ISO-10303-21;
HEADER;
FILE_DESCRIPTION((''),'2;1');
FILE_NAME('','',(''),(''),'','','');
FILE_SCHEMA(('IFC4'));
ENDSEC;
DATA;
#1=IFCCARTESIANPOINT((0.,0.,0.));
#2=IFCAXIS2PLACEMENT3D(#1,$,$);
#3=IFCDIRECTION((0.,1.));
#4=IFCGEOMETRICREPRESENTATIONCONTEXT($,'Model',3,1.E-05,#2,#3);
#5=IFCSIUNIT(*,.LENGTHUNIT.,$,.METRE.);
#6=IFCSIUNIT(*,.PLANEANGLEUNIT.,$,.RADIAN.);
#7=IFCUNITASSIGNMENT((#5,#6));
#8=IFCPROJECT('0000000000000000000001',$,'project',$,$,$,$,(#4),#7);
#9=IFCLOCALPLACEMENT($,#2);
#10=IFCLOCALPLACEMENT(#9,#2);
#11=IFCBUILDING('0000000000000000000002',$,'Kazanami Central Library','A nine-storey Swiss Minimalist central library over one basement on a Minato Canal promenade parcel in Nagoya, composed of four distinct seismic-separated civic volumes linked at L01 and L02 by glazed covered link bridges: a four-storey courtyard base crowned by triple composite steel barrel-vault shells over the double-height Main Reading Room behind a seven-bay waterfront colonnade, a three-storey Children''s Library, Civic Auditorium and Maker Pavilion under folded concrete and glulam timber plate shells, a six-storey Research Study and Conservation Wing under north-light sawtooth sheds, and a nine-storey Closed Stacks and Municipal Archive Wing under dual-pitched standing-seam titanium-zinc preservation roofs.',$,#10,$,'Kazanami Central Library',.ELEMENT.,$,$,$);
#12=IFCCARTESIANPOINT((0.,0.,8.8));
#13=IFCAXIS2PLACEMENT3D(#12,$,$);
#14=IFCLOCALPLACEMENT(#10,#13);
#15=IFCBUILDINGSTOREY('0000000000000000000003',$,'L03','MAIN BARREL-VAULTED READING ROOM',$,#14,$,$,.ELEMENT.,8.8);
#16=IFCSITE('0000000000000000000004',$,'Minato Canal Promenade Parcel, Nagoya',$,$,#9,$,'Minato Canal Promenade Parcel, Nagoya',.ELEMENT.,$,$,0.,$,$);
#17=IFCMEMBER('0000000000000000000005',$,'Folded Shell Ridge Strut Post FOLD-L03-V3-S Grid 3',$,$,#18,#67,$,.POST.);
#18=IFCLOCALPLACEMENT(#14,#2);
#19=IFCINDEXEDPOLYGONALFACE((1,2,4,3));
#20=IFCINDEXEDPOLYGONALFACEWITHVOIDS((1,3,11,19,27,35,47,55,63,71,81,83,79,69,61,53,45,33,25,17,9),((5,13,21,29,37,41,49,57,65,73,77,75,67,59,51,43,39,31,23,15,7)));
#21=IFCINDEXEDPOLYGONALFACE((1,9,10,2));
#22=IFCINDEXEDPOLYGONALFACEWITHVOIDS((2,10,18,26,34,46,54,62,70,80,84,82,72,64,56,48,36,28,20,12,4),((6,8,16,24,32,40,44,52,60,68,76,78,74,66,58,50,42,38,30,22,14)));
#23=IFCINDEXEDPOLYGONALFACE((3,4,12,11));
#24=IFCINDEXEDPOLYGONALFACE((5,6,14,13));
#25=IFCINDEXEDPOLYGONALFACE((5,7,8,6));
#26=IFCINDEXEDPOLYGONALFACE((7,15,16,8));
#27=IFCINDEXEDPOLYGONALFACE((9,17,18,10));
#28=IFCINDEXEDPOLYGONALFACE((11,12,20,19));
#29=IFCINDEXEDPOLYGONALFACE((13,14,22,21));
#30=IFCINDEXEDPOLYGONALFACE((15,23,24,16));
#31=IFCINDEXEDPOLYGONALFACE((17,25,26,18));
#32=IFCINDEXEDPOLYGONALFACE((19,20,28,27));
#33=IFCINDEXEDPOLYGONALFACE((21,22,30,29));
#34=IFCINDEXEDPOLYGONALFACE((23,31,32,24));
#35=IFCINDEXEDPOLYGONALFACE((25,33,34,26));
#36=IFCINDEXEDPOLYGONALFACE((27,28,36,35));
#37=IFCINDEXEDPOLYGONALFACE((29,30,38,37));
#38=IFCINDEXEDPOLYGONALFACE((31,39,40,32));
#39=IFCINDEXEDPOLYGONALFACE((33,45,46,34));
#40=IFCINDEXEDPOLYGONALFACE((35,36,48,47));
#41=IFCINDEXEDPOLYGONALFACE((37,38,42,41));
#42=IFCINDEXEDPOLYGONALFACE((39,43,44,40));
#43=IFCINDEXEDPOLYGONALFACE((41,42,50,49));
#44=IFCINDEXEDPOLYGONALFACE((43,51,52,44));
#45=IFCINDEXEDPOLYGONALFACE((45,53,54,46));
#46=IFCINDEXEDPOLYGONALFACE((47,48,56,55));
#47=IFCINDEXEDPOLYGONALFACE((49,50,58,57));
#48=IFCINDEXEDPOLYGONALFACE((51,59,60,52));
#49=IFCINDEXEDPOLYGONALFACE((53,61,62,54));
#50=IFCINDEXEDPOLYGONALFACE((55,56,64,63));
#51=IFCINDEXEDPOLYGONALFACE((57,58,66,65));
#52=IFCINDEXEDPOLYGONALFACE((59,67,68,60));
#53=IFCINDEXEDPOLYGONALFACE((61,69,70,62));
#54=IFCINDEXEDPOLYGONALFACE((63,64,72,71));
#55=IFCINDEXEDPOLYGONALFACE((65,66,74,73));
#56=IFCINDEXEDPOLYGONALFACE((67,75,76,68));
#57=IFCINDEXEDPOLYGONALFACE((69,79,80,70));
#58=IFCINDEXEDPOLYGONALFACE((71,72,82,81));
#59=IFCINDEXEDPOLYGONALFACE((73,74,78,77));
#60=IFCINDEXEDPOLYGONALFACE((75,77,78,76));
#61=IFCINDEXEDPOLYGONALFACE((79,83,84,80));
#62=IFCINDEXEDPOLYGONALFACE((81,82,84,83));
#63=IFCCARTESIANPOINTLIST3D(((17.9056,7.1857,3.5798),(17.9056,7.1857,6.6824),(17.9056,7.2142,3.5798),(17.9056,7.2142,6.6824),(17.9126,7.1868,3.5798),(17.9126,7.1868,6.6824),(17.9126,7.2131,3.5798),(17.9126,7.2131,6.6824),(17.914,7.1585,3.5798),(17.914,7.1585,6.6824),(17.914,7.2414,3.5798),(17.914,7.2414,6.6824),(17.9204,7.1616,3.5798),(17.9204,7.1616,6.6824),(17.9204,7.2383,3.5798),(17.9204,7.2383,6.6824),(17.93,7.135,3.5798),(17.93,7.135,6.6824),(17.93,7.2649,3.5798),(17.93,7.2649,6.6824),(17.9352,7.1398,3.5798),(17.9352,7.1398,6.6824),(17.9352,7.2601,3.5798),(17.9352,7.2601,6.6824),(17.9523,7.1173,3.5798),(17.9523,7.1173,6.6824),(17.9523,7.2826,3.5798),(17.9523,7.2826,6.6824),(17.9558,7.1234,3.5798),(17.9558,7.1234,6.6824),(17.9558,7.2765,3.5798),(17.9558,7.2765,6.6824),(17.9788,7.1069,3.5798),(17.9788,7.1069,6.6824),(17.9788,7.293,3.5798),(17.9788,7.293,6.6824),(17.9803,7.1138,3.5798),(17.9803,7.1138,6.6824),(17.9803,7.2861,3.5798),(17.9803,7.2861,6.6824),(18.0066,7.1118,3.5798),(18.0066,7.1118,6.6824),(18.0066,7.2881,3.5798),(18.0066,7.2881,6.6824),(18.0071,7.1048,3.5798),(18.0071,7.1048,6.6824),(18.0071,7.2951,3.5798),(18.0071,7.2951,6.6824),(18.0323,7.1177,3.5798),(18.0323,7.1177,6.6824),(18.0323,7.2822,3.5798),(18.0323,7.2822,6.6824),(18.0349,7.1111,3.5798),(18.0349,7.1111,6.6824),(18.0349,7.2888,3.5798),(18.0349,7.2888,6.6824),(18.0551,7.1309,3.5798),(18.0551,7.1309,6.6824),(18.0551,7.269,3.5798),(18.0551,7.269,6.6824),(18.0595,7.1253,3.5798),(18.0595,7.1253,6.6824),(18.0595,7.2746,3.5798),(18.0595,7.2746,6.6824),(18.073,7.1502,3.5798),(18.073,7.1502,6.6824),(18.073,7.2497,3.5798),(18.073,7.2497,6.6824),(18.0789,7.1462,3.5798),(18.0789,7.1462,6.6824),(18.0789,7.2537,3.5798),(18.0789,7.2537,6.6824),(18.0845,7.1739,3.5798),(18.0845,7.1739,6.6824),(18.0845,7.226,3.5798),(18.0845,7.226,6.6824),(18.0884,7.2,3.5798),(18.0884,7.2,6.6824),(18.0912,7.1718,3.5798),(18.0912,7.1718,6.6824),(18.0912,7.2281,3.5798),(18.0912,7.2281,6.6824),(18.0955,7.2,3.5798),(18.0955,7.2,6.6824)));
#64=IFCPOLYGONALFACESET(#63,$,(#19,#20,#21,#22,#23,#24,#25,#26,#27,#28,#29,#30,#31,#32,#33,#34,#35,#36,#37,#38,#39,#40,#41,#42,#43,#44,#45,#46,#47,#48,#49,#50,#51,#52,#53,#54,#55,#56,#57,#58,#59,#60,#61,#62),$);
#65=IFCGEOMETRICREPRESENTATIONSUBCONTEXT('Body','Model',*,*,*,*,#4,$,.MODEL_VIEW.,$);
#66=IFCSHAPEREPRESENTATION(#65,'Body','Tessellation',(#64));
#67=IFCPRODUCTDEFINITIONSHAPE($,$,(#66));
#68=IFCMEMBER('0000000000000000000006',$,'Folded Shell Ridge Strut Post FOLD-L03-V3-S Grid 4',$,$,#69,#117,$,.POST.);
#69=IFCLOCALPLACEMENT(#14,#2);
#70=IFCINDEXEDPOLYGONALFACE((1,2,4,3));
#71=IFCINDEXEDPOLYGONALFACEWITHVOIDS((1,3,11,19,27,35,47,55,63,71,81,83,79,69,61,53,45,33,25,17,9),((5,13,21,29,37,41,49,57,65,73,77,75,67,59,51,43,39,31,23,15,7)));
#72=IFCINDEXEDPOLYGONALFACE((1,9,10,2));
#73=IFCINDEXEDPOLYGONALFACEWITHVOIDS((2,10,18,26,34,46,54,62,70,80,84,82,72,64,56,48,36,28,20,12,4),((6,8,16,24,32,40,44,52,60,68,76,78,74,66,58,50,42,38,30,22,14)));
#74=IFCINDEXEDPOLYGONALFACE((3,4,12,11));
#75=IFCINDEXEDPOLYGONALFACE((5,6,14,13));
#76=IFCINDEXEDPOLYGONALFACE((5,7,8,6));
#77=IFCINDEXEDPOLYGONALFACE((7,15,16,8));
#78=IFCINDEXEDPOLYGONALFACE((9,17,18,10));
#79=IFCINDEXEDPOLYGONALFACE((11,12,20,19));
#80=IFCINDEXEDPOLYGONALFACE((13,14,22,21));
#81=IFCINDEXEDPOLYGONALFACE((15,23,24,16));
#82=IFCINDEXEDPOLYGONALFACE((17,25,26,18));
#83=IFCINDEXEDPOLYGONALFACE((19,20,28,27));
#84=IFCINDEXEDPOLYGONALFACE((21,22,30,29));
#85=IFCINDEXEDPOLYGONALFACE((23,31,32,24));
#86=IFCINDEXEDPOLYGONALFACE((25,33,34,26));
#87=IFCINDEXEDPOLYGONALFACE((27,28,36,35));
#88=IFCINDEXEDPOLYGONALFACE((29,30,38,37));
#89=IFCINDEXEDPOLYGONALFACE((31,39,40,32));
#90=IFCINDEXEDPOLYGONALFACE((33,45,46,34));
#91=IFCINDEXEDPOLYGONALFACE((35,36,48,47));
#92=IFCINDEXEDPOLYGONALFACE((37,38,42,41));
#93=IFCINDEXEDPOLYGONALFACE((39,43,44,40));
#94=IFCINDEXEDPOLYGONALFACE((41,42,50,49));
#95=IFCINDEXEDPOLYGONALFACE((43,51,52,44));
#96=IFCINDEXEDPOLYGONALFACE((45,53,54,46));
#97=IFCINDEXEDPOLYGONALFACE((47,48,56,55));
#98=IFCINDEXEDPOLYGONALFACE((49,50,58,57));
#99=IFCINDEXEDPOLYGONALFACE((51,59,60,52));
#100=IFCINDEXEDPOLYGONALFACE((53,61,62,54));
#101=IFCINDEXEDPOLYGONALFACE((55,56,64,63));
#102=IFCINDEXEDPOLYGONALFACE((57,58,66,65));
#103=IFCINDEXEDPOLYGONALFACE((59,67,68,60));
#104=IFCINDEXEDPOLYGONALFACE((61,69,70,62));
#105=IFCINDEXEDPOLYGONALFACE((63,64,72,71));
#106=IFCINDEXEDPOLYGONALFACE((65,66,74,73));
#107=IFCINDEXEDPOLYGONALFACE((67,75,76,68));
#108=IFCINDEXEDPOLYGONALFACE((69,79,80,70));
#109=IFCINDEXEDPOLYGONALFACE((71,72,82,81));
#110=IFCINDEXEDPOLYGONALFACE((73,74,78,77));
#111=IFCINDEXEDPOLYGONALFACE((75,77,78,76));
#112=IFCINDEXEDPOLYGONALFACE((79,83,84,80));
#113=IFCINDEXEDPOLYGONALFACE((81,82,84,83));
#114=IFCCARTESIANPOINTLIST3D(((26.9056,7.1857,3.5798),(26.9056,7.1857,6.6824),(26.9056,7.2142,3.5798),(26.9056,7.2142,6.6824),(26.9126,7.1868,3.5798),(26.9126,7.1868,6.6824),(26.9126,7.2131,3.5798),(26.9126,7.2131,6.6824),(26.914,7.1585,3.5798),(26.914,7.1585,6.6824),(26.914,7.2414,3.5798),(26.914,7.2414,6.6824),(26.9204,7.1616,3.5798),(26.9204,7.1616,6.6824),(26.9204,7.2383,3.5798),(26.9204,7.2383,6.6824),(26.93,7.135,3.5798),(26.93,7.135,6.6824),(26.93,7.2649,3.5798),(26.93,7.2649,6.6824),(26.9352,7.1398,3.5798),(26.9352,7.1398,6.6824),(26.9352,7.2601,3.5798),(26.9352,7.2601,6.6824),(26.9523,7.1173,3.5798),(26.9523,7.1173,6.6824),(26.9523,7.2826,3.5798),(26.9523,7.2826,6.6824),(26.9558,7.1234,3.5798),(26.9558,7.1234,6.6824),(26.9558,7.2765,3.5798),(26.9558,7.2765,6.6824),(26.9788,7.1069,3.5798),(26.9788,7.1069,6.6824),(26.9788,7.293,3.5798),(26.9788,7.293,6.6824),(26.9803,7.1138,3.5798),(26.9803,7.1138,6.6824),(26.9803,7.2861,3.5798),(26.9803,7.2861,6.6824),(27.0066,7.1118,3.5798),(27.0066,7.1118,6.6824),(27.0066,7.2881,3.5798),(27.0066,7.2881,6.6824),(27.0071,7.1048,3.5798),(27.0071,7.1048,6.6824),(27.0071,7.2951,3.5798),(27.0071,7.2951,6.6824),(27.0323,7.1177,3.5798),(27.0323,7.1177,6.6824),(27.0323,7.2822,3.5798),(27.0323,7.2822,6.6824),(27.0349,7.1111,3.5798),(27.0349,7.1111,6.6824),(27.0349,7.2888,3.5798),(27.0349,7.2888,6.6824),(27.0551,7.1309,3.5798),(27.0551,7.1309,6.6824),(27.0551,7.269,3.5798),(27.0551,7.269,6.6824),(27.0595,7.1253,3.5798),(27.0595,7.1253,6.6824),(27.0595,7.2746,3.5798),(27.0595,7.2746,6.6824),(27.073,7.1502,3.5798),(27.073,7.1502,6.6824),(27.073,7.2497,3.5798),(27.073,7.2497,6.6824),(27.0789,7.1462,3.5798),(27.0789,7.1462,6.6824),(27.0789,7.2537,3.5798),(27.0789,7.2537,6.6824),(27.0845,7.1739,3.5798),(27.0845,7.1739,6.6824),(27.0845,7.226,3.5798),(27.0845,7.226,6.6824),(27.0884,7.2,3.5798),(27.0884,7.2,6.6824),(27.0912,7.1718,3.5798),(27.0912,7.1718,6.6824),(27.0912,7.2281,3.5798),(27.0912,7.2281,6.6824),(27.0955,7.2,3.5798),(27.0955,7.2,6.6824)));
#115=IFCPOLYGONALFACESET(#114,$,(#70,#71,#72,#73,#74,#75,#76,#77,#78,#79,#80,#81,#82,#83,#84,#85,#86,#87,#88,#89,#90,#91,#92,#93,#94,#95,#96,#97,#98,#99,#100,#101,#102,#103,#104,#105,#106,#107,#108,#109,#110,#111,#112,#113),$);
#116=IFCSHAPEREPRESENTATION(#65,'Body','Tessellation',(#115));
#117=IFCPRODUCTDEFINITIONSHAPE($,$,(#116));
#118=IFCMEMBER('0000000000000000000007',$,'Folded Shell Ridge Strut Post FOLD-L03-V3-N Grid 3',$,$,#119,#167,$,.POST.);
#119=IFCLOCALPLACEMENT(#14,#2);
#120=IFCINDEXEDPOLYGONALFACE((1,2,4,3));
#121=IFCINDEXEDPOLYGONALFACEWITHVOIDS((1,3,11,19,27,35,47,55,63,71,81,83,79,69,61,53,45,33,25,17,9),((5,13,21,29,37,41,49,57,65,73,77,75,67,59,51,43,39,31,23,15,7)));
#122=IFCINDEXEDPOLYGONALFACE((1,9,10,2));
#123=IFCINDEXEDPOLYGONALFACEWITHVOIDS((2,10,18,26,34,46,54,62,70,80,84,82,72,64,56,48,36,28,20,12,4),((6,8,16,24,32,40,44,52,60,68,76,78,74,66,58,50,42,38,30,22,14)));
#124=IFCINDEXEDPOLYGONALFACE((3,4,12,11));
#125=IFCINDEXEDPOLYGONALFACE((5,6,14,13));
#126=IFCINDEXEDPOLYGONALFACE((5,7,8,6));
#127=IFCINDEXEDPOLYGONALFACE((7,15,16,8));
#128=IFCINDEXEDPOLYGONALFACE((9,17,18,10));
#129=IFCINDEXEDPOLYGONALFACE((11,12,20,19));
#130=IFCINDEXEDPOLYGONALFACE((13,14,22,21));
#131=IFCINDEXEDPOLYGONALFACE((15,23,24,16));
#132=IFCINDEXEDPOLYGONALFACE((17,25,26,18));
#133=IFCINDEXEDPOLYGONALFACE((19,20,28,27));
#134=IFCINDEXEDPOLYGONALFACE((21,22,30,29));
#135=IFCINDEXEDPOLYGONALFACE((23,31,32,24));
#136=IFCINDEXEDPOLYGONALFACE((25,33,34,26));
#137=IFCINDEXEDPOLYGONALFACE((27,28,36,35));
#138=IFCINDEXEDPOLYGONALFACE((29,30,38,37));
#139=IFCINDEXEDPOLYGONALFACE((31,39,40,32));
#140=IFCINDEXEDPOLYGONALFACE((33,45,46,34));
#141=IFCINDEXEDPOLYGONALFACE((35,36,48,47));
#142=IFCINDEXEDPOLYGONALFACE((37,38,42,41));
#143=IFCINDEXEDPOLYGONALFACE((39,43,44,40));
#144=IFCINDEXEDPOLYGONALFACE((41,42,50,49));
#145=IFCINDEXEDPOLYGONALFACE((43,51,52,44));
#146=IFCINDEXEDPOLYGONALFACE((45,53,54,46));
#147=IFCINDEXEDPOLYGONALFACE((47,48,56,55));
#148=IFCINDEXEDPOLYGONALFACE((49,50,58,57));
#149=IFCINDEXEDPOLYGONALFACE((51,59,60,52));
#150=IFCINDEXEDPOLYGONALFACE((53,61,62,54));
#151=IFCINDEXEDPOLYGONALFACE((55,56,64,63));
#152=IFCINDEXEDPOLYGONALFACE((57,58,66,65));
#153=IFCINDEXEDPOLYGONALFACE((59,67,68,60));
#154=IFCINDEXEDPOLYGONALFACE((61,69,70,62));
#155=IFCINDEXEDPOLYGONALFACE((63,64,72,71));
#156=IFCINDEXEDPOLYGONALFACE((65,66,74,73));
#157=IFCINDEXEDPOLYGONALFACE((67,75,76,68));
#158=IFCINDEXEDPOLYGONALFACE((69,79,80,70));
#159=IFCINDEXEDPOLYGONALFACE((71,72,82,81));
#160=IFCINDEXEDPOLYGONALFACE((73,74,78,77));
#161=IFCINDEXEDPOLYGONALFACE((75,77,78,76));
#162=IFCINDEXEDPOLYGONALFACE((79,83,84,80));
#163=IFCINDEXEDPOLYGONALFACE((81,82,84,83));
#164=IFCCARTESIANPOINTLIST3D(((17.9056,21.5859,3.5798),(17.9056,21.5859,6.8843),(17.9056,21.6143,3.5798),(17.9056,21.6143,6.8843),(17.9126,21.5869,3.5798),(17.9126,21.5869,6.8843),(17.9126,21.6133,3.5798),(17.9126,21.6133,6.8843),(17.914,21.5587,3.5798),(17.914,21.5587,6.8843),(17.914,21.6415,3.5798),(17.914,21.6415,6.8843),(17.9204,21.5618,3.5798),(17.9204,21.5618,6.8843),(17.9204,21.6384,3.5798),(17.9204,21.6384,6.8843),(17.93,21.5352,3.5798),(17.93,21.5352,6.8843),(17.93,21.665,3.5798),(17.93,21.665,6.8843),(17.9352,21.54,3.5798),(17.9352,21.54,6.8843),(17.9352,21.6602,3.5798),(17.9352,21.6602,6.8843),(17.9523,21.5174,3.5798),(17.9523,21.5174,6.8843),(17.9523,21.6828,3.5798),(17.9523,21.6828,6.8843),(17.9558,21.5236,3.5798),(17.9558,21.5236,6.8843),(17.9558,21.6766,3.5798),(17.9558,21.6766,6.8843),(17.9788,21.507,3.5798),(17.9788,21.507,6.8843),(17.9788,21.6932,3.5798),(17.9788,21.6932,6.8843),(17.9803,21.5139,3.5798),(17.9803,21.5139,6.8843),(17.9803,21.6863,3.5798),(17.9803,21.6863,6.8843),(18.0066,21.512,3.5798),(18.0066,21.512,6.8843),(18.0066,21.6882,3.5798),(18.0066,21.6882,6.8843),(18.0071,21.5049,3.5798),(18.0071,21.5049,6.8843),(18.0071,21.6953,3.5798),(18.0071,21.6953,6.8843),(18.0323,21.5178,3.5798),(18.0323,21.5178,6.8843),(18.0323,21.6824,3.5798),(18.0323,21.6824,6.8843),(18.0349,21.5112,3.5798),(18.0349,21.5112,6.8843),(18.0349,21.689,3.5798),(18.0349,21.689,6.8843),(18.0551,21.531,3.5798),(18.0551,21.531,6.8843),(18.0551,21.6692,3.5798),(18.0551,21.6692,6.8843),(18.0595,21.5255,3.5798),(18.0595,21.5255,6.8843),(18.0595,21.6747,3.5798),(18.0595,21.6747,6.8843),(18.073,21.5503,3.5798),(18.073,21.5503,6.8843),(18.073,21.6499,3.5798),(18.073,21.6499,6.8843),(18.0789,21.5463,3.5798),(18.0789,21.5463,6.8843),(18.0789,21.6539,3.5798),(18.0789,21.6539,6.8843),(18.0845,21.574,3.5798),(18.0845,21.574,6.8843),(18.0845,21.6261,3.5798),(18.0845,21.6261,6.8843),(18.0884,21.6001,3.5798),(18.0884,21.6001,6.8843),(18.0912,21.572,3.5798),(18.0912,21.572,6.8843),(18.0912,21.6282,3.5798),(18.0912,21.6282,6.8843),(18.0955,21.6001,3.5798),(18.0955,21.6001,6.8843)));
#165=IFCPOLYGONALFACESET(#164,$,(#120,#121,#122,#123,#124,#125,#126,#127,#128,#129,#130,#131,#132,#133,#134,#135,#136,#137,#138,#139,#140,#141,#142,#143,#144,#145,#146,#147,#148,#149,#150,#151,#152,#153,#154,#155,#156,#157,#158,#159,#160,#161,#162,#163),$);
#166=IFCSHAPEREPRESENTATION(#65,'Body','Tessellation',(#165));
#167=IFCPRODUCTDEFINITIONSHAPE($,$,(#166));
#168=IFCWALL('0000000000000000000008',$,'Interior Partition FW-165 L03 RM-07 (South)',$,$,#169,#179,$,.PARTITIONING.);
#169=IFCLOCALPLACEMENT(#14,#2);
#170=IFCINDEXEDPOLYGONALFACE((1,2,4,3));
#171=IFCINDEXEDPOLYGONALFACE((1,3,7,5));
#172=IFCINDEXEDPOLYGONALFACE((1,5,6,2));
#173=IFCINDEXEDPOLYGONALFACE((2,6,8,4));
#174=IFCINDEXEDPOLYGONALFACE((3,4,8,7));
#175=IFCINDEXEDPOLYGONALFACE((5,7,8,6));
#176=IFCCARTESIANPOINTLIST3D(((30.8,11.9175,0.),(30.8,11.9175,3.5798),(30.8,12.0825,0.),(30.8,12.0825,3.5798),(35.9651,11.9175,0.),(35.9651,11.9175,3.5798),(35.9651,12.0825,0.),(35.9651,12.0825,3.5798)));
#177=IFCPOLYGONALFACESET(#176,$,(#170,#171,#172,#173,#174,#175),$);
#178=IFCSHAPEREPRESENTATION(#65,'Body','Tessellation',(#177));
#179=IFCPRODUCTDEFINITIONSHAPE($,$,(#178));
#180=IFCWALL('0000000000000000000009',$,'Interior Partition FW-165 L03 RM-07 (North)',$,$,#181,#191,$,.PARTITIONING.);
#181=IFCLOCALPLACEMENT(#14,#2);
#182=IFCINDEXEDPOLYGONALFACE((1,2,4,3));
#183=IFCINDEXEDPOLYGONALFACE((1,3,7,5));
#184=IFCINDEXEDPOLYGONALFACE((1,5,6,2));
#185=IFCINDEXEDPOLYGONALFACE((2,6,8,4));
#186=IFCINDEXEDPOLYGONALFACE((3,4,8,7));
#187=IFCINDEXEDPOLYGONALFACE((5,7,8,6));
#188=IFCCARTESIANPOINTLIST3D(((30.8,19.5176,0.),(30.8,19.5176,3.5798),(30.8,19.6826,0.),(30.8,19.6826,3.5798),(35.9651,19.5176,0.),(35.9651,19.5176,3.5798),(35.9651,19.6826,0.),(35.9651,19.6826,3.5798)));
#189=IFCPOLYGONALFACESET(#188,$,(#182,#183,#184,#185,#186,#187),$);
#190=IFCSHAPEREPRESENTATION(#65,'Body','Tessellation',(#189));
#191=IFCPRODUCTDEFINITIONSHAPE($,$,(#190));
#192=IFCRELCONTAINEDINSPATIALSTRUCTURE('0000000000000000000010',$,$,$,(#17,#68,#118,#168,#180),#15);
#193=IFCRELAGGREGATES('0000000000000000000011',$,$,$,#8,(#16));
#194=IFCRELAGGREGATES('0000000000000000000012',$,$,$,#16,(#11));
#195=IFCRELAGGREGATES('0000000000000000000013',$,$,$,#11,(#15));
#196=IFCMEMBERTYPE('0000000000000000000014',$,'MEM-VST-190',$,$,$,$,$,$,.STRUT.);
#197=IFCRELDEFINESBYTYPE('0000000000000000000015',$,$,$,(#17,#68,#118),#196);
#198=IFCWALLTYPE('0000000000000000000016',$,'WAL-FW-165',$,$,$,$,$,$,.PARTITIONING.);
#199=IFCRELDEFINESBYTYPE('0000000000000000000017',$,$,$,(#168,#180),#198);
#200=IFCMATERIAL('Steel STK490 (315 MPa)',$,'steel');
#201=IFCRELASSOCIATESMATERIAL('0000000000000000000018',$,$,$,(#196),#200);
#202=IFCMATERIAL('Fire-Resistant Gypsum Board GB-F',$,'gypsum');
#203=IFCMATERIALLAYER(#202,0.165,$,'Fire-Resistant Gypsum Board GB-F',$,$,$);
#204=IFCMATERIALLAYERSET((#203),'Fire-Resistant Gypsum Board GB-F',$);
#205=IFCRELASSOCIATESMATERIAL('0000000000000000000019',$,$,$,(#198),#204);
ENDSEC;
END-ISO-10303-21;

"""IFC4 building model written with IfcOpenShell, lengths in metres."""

from ifc_helpers import new_model, si_unit, direction, frame, frame_2d, origin, origin_2d, place, context, subcontext, project, spatial, rectangle, hollow_circle, extrude, material, layer, layer_set, material_profile, profile_set, type_object, element, save


model = new_model("IFC4")

# Units and contexts
model_context = context("Model", 3, precision=1e-05, world=origin(), true_north=direction((0.0, 1.0)))
body_context = subcontext(model_context, "Body", "Model", "MODEL_VIEW")
ifc_project = project(units=[si_unit("LENGTHUNIT", "METRE"), si_unit("PLANEANGLEUNIT", "RADIAN")], contexts=[model_context])

# Site, building, storey
site_placement = place(None, origin())
site = spatial("IfcSite", under=ifc_project, at=site_placement, Name="Minato Canal Promenade Parcel, Nagoya", LongName="Minato Canal Promenade Parcel, Nagoya", CompositionType="ELEMENT", RefElevation=0.0)
building_placement = place(site_placement, origin())
building = spatial("IfcBuilding", under=site, at=building_placement, Name="Kazanami Central Library", Description="A nine-storey Swiss Minimalist central library over one basement on a Minato Canal promenade parcel in Nagoya, composed of four distinct seismic-separated civic volumes linked at L01 and L02 by glazed covered link bridges: a four-storey courtyard base crowned by triple composite steel barrel-vault shells over the double-height Main Reading Room behind a seven-bay waterfront colonnade, a three-storey Children's Library, Civic Auditorium and Maker Pavilion under folded concrete and glulam timber plate shells, a six-storey Research Study and Conservation Wing under north-light sawtooth sheds, and a nine-storey Closed Stacks and Municipal Archive Wing under dual-pitched standing-seam titanium-zinc preservation roofs.", LongName="Kazanami Central Library", CompositionType="ELEMENT")
storey_placement = place(building_placement, frame((0.0, 0.0, 8.8)))
storey = spatial("IfcBuildingStorey", under=building, at=storey_placement, Name="L03", Description="MAIN BARREL-VAULTED READING ROOM", CompositionType="ELEMENT", Elevation=8.8)

# Members
ifc_material_1 = material(Name="Steel STK490 (315 MPa)", Category="steel")
ifc_material_profile_1 = material_profile(ifc_material_1, hollow_circle(Radius=0.0955, WallThickness=0.0071, at=origin_2d()), Name="CHS-190.7x7.0")
ifc_profile_set_1 = profile_set([ifc_material_profile_1], Name="Steel STK490 (315 MPa)")
member_type_1 = type_object("IfcMemberType", Name="MEM-VST-190", PredefinedType="STRUT", material=ifc_profile_set_1)
for number, where, z_axis, x_axis, name in (
    (1, (18.0, 7.2, 3.5798), (0.0, 0.0, 1.0), (1.0, 0.0, 0.0), "Folded Shell Ridge Strut Post FOLD-L03-V3-S Grid 3"),
    (2, (27.0, 7.2, 3.5798), (0.0, 0.0, 1.0), (1.0, 0.0, 0.0), "Folded Shell Ridge Strut Post FOLD-L03-V3-S Grid 4"),
):
    element("IfcMember", number, at=place(storey_placement, frame(where, z_axis=z_axis, x_axis=x_axis)), inside=storey, type_object=member_type_1, Name=name, PredefinedType="POST", context=body_context, shape_type="SweptSolid", body=[
        extrude(hollow_circle(Radius=0.0955, WallThickness=0.0071, at=origin_2d()), origin(), (0.0, 0.0, 1.0), 3.1025),
    ])
member_placement = place(storey_placement, frame((18.0, 21.6001, 3.5798), z_axis=(0.0, 0.0, 1.0), x_axis=(1.0, 0.0, 0.0)))
element("IfcMember", 3, at=member_placement, inside=storey, type_object=member_type_1, Name="Folded Shell Ridge Strut Post FOLD-L03-V3-N Grid 3", PredefinedType="POST", context=body_context, shape_type="SweptSolid", body=[
    extrude(hollow_circle(Radius=0.0955, WallThickness=0.0071, at=origin_2d()), origin(), (0.0, 0.0, 1.0), 3.3044),
])

# Walls
ifc_material_2 = material(Name="Fire-Resistant Gypsum Board GB-F", Category="gypsum")
ifc_layer_1 = layer(ifc_material_2, 0.165, Name="Fire-Resistant Gypsum Board GB-F")
ifc_layer_set_1 = layer_set([ifc_layer_1], Name="Fire-Resistant Gypsum Board GB-F")
wall_type_1 = type_object("IfcWallType", Name="WAL-FW-165", PredefinedType="PARTITIONING", material=ifc_layer_set_1)
for number, where, z_axis, x_axis, name in (
    (4, (30.8, 12.0, 0.0), (0.0, 0.0, 1.0), (1.0, 0.0, 0.0), "Interior Partition FW-165 L03 RM-07 (South)"),
    (5, (30.8, 19.6001, 0.0), (0.0, 0.0, 1.0), (1.0, 0.0, 0.0), "Interior Partition FW-165 L03 RM-07 (North)"),
):
    element("IfcWall", number, at=place(storey_placement, frame(where, z_axis=z_axis, x_axis=x_axis)), inside=storey, type_object=wall_type_1, Name=name, PredefinedType="PARTITIONING", context=body_context, shape_type="SweptSolid", body=[
        extrude(rectangle(XDim=5.165, YDim=0.165, at=frame_2d((2.5825, 0.0))), origin(), (0.0, 0.0, 1.0), 3.5798),
    ])

save(model, "model.ifc")
